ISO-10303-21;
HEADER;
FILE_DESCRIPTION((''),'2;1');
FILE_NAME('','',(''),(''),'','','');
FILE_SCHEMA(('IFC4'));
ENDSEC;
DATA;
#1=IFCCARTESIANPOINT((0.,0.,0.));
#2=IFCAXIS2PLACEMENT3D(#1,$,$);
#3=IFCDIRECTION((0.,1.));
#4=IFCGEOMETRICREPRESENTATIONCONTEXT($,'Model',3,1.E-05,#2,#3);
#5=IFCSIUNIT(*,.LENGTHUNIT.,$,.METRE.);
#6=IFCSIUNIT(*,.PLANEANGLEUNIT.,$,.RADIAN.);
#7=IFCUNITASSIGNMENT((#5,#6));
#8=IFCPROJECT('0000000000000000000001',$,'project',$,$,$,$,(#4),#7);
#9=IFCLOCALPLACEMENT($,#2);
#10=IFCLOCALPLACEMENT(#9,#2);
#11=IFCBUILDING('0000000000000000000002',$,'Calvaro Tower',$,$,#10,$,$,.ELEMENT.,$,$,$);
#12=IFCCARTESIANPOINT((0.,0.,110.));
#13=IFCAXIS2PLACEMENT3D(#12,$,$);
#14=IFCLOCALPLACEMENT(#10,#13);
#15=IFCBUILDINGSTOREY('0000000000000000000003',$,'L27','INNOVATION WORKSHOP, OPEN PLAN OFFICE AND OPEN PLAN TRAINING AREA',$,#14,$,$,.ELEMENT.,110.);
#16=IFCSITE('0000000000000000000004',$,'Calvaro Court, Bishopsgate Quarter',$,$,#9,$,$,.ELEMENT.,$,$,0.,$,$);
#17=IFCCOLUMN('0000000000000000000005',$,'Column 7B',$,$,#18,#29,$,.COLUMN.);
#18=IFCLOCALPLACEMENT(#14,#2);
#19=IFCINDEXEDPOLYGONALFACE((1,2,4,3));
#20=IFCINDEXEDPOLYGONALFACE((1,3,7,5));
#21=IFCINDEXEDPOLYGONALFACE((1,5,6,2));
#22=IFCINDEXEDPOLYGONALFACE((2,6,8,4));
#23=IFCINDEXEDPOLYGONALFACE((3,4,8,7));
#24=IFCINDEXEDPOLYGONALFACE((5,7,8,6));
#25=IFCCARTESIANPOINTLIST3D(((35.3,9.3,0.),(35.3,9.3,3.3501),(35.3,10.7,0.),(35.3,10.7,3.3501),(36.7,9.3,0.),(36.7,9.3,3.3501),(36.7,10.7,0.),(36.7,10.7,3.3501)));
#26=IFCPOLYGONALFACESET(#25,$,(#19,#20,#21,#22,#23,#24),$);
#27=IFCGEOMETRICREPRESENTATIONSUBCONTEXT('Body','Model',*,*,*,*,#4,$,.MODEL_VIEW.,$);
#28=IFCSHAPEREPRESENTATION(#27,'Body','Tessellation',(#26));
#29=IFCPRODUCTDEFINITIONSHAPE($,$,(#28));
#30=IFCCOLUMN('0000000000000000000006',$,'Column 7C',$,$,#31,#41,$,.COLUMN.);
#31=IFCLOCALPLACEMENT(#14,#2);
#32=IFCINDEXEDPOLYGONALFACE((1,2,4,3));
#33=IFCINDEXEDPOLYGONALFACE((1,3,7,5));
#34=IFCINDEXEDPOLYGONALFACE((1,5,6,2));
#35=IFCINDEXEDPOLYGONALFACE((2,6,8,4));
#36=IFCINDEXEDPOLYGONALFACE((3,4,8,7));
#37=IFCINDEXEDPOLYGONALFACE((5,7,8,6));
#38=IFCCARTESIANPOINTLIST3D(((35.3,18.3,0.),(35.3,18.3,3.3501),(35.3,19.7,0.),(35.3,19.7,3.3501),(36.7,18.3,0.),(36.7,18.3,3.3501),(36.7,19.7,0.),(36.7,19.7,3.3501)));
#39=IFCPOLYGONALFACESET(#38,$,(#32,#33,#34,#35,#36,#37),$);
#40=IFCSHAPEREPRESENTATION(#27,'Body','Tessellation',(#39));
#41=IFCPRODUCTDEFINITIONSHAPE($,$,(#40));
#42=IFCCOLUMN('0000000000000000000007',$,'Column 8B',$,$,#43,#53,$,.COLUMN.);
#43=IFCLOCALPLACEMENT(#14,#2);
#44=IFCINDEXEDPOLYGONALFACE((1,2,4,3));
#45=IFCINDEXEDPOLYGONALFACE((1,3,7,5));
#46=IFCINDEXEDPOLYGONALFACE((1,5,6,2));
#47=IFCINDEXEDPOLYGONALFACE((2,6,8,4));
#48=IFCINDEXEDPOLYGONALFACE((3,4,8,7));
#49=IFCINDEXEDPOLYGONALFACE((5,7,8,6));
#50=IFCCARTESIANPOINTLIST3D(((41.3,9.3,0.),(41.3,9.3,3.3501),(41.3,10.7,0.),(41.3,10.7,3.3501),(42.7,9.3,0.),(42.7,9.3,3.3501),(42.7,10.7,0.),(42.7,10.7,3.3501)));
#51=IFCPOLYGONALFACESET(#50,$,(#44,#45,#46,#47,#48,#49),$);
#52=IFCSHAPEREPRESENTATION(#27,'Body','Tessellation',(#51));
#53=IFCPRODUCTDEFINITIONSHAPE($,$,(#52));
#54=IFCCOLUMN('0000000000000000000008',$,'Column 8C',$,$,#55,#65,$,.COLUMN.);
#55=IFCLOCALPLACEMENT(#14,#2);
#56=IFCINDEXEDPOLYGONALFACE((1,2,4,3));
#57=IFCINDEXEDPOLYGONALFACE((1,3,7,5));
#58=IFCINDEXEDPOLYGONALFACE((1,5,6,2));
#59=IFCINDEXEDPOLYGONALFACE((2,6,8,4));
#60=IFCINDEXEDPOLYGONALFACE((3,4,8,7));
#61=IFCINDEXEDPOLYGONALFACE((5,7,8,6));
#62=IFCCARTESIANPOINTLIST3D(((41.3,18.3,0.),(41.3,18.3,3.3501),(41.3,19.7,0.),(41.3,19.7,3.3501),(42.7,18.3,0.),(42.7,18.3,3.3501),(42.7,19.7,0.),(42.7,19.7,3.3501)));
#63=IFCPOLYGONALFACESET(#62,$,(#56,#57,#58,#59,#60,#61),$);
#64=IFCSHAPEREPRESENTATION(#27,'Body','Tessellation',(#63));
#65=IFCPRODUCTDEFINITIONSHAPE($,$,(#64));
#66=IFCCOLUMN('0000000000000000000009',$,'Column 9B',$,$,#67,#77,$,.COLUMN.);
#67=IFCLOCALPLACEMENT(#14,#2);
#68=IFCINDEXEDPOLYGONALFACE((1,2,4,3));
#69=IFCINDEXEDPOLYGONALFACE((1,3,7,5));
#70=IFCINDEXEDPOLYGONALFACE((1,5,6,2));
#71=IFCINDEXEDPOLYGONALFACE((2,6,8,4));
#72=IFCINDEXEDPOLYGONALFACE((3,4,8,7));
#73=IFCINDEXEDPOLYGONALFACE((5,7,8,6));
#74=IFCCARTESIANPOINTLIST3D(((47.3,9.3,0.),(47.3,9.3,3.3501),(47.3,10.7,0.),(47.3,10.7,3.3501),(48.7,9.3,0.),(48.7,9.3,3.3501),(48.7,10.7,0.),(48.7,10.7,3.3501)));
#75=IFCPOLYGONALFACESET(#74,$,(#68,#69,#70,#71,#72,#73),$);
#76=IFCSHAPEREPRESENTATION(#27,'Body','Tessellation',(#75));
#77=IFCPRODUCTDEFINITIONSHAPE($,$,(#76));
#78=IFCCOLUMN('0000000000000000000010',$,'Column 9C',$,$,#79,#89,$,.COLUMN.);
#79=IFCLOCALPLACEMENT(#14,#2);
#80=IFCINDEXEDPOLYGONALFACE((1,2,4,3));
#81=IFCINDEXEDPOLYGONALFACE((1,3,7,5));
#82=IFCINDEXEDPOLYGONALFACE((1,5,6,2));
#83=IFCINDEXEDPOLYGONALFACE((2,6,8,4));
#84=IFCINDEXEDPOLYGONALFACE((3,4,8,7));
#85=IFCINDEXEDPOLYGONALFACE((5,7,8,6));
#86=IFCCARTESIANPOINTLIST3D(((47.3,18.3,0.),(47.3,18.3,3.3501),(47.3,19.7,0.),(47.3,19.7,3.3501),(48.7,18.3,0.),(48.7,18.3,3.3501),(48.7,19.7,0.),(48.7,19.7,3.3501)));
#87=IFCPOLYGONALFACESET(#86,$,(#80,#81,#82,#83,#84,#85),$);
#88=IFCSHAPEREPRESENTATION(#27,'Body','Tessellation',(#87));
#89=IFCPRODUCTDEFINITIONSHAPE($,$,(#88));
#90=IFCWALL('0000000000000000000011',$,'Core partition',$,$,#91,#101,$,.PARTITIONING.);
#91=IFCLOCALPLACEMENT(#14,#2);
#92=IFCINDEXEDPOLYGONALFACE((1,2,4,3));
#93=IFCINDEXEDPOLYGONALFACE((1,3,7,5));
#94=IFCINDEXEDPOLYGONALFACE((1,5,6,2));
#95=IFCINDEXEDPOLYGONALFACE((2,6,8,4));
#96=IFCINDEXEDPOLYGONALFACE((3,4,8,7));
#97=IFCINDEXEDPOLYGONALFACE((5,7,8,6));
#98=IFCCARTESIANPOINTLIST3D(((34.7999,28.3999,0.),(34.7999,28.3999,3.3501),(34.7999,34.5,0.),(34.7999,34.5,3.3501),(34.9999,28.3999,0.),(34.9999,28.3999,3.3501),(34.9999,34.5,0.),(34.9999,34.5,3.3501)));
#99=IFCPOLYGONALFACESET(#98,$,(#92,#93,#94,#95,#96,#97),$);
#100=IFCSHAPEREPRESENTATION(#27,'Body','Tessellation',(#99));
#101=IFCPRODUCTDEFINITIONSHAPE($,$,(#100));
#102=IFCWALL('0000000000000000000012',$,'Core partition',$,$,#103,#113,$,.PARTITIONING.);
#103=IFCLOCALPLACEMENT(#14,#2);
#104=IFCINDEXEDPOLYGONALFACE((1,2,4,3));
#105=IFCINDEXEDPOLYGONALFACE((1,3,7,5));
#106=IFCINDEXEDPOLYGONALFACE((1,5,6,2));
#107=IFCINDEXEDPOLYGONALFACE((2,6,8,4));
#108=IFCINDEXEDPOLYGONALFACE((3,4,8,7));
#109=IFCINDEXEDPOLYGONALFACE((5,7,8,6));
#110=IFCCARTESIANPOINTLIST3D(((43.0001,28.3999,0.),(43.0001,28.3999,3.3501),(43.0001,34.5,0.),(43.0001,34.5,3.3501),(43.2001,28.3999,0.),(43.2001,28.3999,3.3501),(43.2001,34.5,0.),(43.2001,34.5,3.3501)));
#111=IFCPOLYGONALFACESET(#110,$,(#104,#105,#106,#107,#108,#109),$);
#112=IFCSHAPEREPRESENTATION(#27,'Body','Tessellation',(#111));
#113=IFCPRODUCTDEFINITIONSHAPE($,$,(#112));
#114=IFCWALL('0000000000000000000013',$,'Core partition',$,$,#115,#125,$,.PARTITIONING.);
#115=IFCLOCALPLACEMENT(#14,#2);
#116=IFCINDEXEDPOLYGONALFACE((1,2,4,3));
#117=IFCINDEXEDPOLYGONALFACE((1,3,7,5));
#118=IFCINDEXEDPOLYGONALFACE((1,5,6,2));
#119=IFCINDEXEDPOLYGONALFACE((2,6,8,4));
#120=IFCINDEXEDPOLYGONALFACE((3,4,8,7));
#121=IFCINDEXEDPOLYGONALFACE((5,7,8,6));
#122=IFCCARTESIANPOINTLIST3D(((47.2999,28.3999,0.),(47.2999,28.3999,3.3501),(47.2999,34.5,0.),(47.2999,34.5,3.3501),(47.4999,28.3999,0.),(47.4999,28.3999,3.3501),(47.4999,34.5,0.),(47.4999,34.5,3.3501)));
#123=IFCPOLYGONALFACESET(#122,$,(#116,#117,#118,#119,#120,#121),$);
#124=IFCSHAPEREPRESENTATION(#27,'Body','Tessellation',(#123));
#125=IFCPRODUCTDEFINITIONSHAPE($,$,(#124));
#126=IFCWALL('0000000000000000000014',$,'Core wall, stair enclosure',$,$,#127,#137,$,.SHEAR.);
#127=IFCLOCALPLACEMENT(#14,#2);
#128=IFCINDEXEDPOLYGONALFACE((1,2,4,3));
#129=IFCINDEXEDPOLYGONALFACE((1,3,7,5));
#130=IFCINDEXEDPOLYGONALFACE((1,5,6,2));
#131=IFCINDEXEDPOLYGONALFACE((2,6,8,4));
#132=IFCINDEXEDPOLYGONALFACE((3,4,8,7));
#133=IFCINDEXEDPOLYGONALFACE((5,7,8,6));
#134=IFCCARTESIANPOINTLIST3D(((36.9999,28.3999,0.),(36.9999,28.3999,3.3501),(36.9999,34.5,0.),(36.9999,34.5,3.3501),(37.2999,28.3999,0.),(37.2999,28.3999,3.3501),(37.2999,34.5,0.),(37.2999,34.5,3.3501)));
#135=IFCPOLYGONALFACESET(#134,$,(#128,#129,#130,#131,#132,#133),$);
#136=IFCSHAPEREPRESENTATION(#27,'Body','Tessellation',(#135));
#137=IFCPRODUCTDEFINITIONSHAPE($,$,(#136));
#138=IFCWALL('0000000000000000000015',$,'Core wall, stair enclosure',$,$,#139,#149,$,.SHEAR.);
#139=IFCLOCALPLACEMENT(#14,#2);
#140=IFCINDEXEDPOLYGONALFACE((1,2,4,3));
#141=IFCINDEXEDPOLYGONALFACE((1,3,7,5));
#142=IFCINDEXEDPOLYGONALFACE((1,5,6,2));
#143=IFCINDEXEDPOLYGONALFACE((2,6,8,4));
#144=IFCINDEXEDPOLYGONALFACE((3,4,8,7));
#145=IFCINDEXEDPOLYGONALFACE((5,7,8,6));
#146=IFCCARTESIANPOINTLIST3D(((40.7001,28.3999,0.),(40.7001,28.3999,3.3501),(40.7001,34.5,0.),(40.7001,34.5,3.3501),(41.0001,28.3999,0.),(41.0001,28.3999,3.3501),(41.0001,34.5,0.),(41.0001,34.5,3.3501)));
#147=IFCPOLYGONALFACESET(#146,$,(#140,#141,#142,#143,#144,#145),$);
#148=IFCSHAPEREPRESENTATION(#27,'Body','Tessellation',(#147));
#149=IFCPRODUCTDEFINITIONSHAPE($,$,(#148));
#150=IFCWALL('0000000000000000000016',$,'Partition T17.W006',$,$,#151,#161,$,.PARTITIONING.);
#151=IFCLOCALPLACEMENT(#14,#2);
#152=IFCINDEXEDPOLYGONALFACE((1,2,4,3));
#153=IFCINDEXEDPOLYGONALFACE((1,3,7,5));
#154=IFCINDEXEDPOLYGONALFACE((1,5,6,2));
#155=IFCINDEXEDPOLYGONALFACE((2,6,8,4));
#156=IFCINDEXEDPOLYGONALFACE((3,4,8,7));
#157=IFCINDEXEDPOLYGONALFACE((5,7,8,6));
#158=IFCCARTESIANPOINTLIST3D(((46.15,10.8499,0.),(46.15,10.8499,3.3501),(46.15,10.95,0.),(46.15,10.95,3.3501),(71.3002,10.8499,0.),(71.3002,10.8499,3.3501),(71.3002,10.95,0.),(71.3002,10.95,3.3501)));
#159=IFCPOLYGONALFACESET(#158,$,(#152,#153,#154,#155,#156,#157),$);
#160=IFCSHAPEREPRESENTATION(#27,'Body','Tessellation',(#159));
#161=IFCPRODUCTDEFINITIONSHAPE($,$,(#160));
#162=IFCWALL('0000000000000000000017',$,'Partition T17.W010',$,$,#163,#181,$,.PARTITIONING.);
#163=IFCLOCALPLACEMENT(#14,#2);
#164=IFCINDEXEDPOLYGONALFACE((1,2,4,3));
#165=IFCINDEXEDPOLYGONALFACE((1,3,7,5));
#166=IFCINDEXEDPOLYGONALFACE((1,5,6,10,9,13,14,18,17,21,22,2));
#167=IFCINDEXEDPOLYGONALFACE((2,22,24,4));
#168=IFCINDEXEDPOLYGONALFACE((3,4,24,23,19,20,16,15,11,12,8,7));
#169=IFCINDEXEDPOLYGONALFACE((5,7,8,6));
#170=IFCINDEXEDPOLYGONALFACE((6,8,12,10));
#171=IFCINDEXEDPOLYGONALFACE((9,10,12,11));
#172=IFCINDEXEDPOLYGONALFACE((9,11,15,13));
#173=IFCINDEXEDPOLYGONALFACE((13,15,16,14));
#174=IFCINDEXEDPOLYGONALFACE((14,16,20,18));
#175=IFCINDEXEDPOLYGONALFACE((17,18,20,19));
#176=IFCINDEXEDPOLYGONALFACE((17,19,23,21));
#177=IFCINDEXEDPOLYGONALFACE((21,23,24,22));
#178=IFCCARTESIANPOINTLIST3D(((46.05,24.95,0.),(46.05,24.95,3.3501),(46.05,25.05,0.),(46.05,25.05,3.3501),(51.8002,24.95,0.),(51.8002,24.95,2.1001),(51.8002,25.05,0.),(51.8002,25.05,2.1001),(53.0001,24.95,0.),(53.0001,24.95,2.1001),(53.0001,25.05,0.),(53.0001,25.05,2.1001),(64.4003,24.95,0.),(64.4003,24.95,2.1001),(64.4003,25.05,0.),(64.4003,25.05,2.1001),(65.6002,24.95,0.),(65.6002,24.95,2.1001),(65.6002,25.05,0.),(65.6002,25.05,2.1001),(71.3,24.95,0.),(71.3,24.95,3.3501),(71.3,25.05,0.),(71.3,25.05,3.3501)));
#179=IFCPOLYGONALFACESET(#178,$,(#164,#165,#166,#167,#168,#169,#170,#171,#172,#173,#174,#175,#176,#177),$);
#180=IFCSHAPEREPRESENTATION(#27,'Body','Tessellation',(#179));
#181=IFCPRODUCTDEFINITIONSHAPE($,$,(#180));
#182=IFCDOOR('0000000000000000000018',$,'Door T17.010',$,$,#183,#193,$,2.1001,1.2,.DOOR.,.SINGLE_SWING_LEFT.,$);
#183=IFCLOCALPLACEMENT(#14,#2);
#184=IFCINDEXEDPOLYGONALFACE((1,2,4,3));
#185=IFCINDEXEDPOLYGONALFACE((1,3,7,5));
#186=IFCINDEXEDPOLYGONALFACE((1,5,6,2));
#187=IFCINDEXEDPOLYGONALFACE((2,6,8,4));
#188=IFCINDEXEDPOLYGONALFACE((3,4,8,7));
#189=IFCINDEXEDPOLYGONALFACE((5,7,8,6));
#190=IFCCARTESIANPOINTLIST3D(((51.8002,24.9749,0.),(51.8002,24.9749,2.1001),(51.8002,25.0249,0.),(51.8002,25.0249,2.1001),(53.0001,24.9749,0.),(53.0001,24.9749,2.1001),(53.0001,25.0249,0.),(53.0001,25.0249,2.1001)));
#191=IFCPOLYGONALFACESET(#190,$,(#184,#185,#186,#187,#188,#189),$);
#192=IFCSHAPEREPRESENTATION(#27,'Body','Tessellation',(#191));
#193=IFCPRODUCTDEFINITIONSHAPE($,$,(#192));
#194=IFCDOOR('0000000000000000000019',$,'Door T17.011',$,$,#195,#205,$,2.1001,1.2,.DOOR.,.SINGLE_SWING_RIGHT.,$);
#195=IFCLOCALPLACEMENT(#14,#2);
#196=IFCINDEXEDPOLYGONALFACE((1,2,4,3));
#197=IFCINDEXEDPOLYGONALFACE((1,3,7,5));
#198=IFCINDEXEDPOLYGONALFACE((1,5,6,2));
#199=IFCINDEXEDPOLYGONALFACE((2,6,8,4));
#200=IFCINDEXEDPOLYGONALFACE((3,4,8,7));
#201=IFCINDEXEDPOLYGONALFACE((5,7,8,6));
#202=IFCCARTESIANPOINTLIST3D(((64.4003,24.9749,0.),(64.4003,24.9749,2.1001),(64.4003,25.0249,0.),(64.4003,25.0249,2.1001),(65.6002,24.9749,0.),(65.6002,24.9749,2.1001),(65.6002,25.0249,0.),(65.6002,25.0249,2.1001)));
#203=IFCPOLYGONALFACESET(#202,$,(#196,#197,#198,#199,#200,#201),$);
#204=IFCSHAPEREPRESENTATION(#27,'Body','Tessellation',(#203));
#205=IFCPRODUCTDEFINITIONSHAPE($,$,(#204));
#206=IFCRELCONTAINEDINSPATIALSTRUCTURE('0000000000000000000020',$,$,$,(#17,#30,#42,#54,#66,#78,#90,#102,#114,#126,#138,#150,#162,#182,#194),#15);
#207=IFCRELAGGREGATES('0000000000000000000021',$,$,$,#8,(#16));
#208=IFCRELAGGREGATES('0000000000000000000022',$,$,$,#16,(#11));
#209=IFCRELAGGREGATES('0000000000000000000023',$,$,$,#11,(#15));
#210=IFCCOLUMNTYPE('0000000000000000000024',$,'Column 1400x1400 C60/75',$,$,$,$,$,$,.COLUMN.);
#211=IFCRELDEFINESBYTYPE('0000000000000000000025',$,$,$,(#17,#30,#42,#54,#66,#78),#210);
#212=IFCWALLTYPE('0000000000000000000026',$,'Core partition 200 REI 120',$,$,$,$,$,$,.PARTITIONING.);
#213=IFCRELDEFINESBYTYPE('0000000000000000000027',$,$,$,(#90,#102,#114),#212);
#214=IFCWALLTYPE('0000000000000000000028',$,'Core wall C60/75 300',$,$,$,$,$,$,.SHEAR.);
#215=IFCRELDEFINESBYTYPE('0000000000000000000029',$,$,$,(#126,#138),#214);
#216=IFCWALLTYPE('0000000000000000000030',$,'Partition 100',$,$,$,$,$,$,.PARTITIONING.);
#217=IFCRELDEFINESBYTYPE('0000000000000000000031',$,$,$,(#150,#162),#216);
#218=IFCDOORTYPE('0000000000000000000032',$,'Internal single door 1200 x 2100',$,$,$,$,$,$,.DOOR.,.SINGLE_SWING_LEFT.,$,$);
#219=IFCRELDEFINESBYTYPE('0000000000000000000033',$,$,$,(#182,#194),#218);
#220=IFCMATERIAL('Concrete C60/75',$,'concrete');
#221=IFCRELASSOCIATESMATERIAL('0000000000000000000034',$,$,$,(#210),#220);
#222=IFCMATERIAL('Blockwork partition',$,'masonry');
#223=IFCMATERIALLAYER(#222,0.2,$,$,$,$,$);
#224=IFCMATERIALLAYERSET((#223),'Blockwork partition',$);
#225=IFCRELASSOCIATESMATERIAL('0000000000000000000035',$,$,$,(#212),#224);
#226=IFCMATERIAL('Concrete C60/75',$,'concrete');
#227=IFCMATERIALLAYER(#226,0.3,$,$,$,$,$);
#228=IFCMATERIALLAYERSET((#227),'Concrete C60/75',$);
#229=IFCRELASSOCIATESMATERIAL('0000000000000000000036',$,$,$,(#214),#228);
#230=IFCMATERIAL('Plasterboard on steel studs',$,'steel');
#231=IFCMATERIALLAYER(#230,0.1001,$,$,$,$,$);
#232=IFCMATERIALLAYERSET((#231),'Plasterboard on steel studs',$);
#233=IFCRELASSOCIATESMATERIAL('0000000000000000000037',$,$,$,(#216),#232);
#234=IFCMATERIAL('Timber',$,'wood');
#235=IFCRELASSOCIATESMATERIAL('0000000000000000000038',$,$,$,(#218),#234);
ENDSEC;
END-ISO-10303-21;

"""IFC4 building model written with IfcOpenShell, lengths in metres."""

from ifc_helpers import new_model, si_unit, direction, frame, frame_2d, origin, origin_2d, place, context, subcontext, project, spatial, rectangle, extrude, material, layer, layer_set, material_profile, profile_set, type_object, element, fill, save


model = new_model("IFC4")

# Units and contexts
model_context = context("Model", 3, precision=1e-05, world=origin(), true_north=direction((0.0, 1.0)))
body_context = subcontext(model_context, "Body", "Model", "MODEL_VIEW")
ifc_project = project(units=[si_unit("LENGTHUNIT", "METRE"), si_unit("PLANEANGLEUNIT", "RADIAN")], contexts=[model_context])

# Site, building, storey
site_placement = place(None, origin())
site = spatial("IfcSite", under=ifc_project, at=site_placement, Name="Calvaro Court, Bishopsgate Quarter", CompositionType="ELEMENT", RefElevation=0.0)
building_placement = place(site_placement, origin())
building = spatial("IfcBuilding", under=site, at=building_placement, Name="Calvaro Tower", CompositionType="ELEMENT")
storey_placement = place(building_placement, frame((0.0, 0.0, 110.0)))
storey = spatial("IfcBuildingStorey", under=building, at=storey_placement, Name="L27", Description="INNOVATION WORKSHOP, OPEN PLAN OFFICE AND OPEN PLAN TRAINING AREA", CompositionType="ELEMENT", Elevation=110.0)

# Columns
ifc_material_1 = material(Name="Concrete C60/75", Category="concrete")
ifc_material_profile = material_profile(ifc_material_1, rectangle(XDim=1.3999, YDim=1.3999, at=origin_2d()), Name="RC 1400x1400")
ifc_profile_set = profile_set([ifc_material_profile], Name="Concrete C60/75")
column_type = type_object("IfcColumnType", Name="Column 1400x1400 C60/75", PredefinedType="COLUMN", material=ifc_profile_set)
for number, where, z_axis, x_axis, name in (
    (1, (36.0, 10.0, 0.0), (0.0, 0.0, 1.0), (1.0, 0.0, 0.0), "Column 7B"),
    (2, (36.0, 19.0, 0.0), (0.0, 0.0, 1.0), (1.0, 0.0, 0.0), "Column 7C"),
    (3, (42.0, 10.0, 0.0), (0.0, 0.0, 1.0), (1.0, 0.0, 0.0), "Column 8B"),
    (4, (42.0, 19.0, 0.0), (0.0, 0.0, 1.0), (1.0, 0.0, 0.0), "Column 8C"),
    (5, (48.0, 10.0, 0.0), (0.0, 0.0, 1.0), (1.0, 0.0, 0.0), "Column 9B"),
    (6, (48.0, 19.0, 0.0), (0.0, 0.0, 1.0), (1.0, 0.0, 0.0), "Column 9C"),
):
    element("IfcColumn", number, at=place(storey_placement, frame(where, z_axis=z_axis, x_axis=x_axis)), inside=storey, type_object=column_type, Name=name, PredefinedType="COLUMN", context=body_context, shape_type="SweptSolid", body=[
        extrude(rectangle(XDim=1.3999, YDim=1.3999, at=origin_2d()), origin(), (0.0, 0.0, 1.0), 3.3501),
    ])

# Walls
ifc_material_2 = material(Name="Blockwork partition", Category="masonry")
ifc_layer_1 = layer(ifc_material_2, 0.2)
ifc_layer_set_1 = layer_set([ifc_layer_1], Name="Blockwork partition")
wall_type_1 = type_object("IfcWallType", Name="Core partition 200 REI 120", PredefinedType="PARTITIONING", material=ifc_layer_set_1)
for number, where, z_axis, x_axis, name in (
    (7, (34.8999, 28.3999, 0.0), (0.0, 0.0, 1.0), (0.0, 1.0, 0.0), "Core partition"),
    (8, (43.1001, 28.3999, 0.0), (0.0, 0.0, 1.0), (0.0, 1.0, 0.0), "Core partition"),
    (9, (47.3999, 28.3999, 0.0), (0.0, 0.0, 1.0), (0.0, 1.0, 0.0), "Core partition"),
):
    element("IfcWall", number, at=place(storey_placement, frame(where, z_axis=z_axis, x_axis=x_axis)), inside=storey, type_object=wall_type_1, Name=name, PredefinedType="PARTITIONING", context=body_context, shape_type="SweptSolid", body=[
        extrude(rectangle(XDim=6.1001, YDim=0.2, at=frame_2d((3.05, 0.0))), origin(), (0.0, 0.0, 1.0), 3.3501),
    ])
ifc_material_3 = material(Name="Concrete C60/75", Category="concrete")
ifc_layer_2 = layer(ifc_material_3, 0.3)
ifc_layer_set_2 = layer_set([ifc_layer_2], Name="Concrete C60/75")
wall_type_2 = type_object("IfcWallType", Name="Core wall C60/75 300", PredefinedType="SHEAR", material=ifc_layer_set_2)
for number, where, z_axis, x_axis, name in (
    (10, (37.1499, 28.3999, 0.0), (0.0, 0.0, 1.0), (0.0, 1.0, 0.0), "Core wall, stair enclosure"),
    (11, (40.8501, 28.3999, 0.0), (0.0, 0.0, 1.0), (0.0, 1.0, 0.0), "Core wall, stair enclosure"),
):
    element("IfcWall", number, at=place(storey_placement, frame(where, z_axis=z_axis, x_axis=x_axis)), inside=storey, type_object=wall_type_2, Name=name, PredefinedType="SHEAR", context=body_context, shape_type="SweptSolid", body=[
        extrude(rectangle(XDim=6.1001, YDim=0.3, at=frame_2d((3.05, 0.0))), origin(), (0.0, 0.0, 1.0), 3.3501),
    ])
ifc_material_4 = material(Name="Plasterboard on steel studs", Category="steel")
ifc_layer_3 = layer(ifc_material_4, 0.1001)
ifc_layer_set_3 = layer_set([ifc_layer_3], Name="Plasterboard on steel studs")
wall_type_3 = type_object("IfcWallType", Name="Partition 100", PredefinedType="PARTITIONING", material=ifc_layer_set_3)
wall_1_placement = place(storey_placement, frame((46.1499, 10.8999, 0.0), z_axis=(0.0, 0.0, 1.0), x_axis=(1.0, 0.0, 0.0)))
element("IfcWall", 12, at=wall_1_placement, inside=storey, type_object=wall_type_3, Name="Partition T17.W006", PredefinedType="PARTITIONING", context=body_context, shape_type="SweptSolid", body=[
    extrude(rectangle(XDim=25.1501, YDim=0.1001, at=frame_2d((12.5752, 0.0))), origin(), (0.0, 0.0, 1.0), 3.3501),
])

# Wall, openings, doors
wall_2_placement = place(storey_placement, frame((46.05, 25.0, 0.0), z_axis=(0.0, 0.0, 1.0), x_axis=(1.0, 0.0, 0.0)))
wall_2 = element("IfcWall", 13, at=wall_2_placement, inside=storey, type_object=wall_type_3, Name="Partition T17.W010", PredefinedType="PARTITIONING", context=body_context, shape_type="SweptSolid", body=[
    extrude(rectangle(XDim=25.25, YDim=0.1001, at=frame_2d((12.625, 0.0))), origin(), (0.0, 0.0, 1.0), 3.3501),
])
opening_1_placement = place(wall_2_placement, frame((5.75, 0.0, 0.0)))
opening_1 = element("IfcOpeningElement", 14, at=opening_1_placement, cuts=wall_2, PredefinedType="OPENING", context=body_context, shape_type="SweptSolid", body=[
    extrude(rectangle(XDim=1.2, YDim=2.1001, at=frame_2d((0.6001, 1.05))), frame((0.0, 0.0601, 0.0), z_axis=(0.0, -1.0, 0.0), x_axis=(1.0, 0.0, 0.0)), (0.0, 0.0, 1.0), 0.1201),
])
opening_2_placement = place(wall_2_placement, frame((18.3501, 0.0, 0.0)))
opening_2 = element("IfcOpeningElement", 15, at=opening_2_placement, cuts=wall_2, PredefinedType="OPENING", context=body_context, shape_type="SweptSolid", body=[
    extrude(rectangle(XDim=1.2, YDim=2.1001, at=frame_2d((0.6001, 1.05))), frame((0.0, 0.0601, 0.0), z_axis=(0.0, -1.0, 0.0), x_axis=(1.0, 0.0, 0.0)), (0.0, 0.0, 1.0), 0.1201),
])
ifc_material_5 = material(Name="Timber", Category="wood")
door_type = type_object("IfcDoorType", Name="Internal single door 1200 x 2100", OperationType="SINGLE_SWING_LEFT", PredefinedType="DOOR", material=ifc_material_5)
door_1_placement = place(opening_1_placement, origin())
door_1 = element("IfcDoor", 16, at=door_1_placement, inside=storey, type_object=door_type, Name="Door T17.010", OperationType="SINGLE_SWING_LEFT", OverallHeight=2.1001, OverallWidth=1.2, PredefinedType="DOOR", context=body_context, shape_type="SweptSolid", body=[
    extrude(rectangle(XDim=1.2, YDim=2.1001, at=frame_2d((0.6001, 1.05))), frame((0.0, 0.0249, 0.0), z_axis=(0.0, -1.0, 0.0), x_axis=(1.0, 0.0, 0.0)), (0.0, 0.0, 1.0), 0.05),
])
fill(opening_1, door_1)
door_2_placement = place(opening_2_placement, origin())
door_2 = element("IfcDoor", 17, at=door_2_placement, inside=storey, type_object=door_type, Name="Door T17.011", OperationType="SINGLE_SWING_RIGHT", OverallHeight=2.1001, OverallWidth=1.2, PredefinedType="DOOR", context=body_context, shape_type="SweptSolid", body=[
    extrude(rectangle(XDim=1.2, YDim=2.1001, at=frame_2d((0.6001, 1.05))), frame((0.0, 0.0249, 0.0), z_axis=(0.0, -1.0, 0.0), x_axis=(1.0, 0.0, 0.0)), (0.0, 0.0, 1.0), 0.05),
])
fill(opening_2, door_2)

save(model, "model.ifc")
